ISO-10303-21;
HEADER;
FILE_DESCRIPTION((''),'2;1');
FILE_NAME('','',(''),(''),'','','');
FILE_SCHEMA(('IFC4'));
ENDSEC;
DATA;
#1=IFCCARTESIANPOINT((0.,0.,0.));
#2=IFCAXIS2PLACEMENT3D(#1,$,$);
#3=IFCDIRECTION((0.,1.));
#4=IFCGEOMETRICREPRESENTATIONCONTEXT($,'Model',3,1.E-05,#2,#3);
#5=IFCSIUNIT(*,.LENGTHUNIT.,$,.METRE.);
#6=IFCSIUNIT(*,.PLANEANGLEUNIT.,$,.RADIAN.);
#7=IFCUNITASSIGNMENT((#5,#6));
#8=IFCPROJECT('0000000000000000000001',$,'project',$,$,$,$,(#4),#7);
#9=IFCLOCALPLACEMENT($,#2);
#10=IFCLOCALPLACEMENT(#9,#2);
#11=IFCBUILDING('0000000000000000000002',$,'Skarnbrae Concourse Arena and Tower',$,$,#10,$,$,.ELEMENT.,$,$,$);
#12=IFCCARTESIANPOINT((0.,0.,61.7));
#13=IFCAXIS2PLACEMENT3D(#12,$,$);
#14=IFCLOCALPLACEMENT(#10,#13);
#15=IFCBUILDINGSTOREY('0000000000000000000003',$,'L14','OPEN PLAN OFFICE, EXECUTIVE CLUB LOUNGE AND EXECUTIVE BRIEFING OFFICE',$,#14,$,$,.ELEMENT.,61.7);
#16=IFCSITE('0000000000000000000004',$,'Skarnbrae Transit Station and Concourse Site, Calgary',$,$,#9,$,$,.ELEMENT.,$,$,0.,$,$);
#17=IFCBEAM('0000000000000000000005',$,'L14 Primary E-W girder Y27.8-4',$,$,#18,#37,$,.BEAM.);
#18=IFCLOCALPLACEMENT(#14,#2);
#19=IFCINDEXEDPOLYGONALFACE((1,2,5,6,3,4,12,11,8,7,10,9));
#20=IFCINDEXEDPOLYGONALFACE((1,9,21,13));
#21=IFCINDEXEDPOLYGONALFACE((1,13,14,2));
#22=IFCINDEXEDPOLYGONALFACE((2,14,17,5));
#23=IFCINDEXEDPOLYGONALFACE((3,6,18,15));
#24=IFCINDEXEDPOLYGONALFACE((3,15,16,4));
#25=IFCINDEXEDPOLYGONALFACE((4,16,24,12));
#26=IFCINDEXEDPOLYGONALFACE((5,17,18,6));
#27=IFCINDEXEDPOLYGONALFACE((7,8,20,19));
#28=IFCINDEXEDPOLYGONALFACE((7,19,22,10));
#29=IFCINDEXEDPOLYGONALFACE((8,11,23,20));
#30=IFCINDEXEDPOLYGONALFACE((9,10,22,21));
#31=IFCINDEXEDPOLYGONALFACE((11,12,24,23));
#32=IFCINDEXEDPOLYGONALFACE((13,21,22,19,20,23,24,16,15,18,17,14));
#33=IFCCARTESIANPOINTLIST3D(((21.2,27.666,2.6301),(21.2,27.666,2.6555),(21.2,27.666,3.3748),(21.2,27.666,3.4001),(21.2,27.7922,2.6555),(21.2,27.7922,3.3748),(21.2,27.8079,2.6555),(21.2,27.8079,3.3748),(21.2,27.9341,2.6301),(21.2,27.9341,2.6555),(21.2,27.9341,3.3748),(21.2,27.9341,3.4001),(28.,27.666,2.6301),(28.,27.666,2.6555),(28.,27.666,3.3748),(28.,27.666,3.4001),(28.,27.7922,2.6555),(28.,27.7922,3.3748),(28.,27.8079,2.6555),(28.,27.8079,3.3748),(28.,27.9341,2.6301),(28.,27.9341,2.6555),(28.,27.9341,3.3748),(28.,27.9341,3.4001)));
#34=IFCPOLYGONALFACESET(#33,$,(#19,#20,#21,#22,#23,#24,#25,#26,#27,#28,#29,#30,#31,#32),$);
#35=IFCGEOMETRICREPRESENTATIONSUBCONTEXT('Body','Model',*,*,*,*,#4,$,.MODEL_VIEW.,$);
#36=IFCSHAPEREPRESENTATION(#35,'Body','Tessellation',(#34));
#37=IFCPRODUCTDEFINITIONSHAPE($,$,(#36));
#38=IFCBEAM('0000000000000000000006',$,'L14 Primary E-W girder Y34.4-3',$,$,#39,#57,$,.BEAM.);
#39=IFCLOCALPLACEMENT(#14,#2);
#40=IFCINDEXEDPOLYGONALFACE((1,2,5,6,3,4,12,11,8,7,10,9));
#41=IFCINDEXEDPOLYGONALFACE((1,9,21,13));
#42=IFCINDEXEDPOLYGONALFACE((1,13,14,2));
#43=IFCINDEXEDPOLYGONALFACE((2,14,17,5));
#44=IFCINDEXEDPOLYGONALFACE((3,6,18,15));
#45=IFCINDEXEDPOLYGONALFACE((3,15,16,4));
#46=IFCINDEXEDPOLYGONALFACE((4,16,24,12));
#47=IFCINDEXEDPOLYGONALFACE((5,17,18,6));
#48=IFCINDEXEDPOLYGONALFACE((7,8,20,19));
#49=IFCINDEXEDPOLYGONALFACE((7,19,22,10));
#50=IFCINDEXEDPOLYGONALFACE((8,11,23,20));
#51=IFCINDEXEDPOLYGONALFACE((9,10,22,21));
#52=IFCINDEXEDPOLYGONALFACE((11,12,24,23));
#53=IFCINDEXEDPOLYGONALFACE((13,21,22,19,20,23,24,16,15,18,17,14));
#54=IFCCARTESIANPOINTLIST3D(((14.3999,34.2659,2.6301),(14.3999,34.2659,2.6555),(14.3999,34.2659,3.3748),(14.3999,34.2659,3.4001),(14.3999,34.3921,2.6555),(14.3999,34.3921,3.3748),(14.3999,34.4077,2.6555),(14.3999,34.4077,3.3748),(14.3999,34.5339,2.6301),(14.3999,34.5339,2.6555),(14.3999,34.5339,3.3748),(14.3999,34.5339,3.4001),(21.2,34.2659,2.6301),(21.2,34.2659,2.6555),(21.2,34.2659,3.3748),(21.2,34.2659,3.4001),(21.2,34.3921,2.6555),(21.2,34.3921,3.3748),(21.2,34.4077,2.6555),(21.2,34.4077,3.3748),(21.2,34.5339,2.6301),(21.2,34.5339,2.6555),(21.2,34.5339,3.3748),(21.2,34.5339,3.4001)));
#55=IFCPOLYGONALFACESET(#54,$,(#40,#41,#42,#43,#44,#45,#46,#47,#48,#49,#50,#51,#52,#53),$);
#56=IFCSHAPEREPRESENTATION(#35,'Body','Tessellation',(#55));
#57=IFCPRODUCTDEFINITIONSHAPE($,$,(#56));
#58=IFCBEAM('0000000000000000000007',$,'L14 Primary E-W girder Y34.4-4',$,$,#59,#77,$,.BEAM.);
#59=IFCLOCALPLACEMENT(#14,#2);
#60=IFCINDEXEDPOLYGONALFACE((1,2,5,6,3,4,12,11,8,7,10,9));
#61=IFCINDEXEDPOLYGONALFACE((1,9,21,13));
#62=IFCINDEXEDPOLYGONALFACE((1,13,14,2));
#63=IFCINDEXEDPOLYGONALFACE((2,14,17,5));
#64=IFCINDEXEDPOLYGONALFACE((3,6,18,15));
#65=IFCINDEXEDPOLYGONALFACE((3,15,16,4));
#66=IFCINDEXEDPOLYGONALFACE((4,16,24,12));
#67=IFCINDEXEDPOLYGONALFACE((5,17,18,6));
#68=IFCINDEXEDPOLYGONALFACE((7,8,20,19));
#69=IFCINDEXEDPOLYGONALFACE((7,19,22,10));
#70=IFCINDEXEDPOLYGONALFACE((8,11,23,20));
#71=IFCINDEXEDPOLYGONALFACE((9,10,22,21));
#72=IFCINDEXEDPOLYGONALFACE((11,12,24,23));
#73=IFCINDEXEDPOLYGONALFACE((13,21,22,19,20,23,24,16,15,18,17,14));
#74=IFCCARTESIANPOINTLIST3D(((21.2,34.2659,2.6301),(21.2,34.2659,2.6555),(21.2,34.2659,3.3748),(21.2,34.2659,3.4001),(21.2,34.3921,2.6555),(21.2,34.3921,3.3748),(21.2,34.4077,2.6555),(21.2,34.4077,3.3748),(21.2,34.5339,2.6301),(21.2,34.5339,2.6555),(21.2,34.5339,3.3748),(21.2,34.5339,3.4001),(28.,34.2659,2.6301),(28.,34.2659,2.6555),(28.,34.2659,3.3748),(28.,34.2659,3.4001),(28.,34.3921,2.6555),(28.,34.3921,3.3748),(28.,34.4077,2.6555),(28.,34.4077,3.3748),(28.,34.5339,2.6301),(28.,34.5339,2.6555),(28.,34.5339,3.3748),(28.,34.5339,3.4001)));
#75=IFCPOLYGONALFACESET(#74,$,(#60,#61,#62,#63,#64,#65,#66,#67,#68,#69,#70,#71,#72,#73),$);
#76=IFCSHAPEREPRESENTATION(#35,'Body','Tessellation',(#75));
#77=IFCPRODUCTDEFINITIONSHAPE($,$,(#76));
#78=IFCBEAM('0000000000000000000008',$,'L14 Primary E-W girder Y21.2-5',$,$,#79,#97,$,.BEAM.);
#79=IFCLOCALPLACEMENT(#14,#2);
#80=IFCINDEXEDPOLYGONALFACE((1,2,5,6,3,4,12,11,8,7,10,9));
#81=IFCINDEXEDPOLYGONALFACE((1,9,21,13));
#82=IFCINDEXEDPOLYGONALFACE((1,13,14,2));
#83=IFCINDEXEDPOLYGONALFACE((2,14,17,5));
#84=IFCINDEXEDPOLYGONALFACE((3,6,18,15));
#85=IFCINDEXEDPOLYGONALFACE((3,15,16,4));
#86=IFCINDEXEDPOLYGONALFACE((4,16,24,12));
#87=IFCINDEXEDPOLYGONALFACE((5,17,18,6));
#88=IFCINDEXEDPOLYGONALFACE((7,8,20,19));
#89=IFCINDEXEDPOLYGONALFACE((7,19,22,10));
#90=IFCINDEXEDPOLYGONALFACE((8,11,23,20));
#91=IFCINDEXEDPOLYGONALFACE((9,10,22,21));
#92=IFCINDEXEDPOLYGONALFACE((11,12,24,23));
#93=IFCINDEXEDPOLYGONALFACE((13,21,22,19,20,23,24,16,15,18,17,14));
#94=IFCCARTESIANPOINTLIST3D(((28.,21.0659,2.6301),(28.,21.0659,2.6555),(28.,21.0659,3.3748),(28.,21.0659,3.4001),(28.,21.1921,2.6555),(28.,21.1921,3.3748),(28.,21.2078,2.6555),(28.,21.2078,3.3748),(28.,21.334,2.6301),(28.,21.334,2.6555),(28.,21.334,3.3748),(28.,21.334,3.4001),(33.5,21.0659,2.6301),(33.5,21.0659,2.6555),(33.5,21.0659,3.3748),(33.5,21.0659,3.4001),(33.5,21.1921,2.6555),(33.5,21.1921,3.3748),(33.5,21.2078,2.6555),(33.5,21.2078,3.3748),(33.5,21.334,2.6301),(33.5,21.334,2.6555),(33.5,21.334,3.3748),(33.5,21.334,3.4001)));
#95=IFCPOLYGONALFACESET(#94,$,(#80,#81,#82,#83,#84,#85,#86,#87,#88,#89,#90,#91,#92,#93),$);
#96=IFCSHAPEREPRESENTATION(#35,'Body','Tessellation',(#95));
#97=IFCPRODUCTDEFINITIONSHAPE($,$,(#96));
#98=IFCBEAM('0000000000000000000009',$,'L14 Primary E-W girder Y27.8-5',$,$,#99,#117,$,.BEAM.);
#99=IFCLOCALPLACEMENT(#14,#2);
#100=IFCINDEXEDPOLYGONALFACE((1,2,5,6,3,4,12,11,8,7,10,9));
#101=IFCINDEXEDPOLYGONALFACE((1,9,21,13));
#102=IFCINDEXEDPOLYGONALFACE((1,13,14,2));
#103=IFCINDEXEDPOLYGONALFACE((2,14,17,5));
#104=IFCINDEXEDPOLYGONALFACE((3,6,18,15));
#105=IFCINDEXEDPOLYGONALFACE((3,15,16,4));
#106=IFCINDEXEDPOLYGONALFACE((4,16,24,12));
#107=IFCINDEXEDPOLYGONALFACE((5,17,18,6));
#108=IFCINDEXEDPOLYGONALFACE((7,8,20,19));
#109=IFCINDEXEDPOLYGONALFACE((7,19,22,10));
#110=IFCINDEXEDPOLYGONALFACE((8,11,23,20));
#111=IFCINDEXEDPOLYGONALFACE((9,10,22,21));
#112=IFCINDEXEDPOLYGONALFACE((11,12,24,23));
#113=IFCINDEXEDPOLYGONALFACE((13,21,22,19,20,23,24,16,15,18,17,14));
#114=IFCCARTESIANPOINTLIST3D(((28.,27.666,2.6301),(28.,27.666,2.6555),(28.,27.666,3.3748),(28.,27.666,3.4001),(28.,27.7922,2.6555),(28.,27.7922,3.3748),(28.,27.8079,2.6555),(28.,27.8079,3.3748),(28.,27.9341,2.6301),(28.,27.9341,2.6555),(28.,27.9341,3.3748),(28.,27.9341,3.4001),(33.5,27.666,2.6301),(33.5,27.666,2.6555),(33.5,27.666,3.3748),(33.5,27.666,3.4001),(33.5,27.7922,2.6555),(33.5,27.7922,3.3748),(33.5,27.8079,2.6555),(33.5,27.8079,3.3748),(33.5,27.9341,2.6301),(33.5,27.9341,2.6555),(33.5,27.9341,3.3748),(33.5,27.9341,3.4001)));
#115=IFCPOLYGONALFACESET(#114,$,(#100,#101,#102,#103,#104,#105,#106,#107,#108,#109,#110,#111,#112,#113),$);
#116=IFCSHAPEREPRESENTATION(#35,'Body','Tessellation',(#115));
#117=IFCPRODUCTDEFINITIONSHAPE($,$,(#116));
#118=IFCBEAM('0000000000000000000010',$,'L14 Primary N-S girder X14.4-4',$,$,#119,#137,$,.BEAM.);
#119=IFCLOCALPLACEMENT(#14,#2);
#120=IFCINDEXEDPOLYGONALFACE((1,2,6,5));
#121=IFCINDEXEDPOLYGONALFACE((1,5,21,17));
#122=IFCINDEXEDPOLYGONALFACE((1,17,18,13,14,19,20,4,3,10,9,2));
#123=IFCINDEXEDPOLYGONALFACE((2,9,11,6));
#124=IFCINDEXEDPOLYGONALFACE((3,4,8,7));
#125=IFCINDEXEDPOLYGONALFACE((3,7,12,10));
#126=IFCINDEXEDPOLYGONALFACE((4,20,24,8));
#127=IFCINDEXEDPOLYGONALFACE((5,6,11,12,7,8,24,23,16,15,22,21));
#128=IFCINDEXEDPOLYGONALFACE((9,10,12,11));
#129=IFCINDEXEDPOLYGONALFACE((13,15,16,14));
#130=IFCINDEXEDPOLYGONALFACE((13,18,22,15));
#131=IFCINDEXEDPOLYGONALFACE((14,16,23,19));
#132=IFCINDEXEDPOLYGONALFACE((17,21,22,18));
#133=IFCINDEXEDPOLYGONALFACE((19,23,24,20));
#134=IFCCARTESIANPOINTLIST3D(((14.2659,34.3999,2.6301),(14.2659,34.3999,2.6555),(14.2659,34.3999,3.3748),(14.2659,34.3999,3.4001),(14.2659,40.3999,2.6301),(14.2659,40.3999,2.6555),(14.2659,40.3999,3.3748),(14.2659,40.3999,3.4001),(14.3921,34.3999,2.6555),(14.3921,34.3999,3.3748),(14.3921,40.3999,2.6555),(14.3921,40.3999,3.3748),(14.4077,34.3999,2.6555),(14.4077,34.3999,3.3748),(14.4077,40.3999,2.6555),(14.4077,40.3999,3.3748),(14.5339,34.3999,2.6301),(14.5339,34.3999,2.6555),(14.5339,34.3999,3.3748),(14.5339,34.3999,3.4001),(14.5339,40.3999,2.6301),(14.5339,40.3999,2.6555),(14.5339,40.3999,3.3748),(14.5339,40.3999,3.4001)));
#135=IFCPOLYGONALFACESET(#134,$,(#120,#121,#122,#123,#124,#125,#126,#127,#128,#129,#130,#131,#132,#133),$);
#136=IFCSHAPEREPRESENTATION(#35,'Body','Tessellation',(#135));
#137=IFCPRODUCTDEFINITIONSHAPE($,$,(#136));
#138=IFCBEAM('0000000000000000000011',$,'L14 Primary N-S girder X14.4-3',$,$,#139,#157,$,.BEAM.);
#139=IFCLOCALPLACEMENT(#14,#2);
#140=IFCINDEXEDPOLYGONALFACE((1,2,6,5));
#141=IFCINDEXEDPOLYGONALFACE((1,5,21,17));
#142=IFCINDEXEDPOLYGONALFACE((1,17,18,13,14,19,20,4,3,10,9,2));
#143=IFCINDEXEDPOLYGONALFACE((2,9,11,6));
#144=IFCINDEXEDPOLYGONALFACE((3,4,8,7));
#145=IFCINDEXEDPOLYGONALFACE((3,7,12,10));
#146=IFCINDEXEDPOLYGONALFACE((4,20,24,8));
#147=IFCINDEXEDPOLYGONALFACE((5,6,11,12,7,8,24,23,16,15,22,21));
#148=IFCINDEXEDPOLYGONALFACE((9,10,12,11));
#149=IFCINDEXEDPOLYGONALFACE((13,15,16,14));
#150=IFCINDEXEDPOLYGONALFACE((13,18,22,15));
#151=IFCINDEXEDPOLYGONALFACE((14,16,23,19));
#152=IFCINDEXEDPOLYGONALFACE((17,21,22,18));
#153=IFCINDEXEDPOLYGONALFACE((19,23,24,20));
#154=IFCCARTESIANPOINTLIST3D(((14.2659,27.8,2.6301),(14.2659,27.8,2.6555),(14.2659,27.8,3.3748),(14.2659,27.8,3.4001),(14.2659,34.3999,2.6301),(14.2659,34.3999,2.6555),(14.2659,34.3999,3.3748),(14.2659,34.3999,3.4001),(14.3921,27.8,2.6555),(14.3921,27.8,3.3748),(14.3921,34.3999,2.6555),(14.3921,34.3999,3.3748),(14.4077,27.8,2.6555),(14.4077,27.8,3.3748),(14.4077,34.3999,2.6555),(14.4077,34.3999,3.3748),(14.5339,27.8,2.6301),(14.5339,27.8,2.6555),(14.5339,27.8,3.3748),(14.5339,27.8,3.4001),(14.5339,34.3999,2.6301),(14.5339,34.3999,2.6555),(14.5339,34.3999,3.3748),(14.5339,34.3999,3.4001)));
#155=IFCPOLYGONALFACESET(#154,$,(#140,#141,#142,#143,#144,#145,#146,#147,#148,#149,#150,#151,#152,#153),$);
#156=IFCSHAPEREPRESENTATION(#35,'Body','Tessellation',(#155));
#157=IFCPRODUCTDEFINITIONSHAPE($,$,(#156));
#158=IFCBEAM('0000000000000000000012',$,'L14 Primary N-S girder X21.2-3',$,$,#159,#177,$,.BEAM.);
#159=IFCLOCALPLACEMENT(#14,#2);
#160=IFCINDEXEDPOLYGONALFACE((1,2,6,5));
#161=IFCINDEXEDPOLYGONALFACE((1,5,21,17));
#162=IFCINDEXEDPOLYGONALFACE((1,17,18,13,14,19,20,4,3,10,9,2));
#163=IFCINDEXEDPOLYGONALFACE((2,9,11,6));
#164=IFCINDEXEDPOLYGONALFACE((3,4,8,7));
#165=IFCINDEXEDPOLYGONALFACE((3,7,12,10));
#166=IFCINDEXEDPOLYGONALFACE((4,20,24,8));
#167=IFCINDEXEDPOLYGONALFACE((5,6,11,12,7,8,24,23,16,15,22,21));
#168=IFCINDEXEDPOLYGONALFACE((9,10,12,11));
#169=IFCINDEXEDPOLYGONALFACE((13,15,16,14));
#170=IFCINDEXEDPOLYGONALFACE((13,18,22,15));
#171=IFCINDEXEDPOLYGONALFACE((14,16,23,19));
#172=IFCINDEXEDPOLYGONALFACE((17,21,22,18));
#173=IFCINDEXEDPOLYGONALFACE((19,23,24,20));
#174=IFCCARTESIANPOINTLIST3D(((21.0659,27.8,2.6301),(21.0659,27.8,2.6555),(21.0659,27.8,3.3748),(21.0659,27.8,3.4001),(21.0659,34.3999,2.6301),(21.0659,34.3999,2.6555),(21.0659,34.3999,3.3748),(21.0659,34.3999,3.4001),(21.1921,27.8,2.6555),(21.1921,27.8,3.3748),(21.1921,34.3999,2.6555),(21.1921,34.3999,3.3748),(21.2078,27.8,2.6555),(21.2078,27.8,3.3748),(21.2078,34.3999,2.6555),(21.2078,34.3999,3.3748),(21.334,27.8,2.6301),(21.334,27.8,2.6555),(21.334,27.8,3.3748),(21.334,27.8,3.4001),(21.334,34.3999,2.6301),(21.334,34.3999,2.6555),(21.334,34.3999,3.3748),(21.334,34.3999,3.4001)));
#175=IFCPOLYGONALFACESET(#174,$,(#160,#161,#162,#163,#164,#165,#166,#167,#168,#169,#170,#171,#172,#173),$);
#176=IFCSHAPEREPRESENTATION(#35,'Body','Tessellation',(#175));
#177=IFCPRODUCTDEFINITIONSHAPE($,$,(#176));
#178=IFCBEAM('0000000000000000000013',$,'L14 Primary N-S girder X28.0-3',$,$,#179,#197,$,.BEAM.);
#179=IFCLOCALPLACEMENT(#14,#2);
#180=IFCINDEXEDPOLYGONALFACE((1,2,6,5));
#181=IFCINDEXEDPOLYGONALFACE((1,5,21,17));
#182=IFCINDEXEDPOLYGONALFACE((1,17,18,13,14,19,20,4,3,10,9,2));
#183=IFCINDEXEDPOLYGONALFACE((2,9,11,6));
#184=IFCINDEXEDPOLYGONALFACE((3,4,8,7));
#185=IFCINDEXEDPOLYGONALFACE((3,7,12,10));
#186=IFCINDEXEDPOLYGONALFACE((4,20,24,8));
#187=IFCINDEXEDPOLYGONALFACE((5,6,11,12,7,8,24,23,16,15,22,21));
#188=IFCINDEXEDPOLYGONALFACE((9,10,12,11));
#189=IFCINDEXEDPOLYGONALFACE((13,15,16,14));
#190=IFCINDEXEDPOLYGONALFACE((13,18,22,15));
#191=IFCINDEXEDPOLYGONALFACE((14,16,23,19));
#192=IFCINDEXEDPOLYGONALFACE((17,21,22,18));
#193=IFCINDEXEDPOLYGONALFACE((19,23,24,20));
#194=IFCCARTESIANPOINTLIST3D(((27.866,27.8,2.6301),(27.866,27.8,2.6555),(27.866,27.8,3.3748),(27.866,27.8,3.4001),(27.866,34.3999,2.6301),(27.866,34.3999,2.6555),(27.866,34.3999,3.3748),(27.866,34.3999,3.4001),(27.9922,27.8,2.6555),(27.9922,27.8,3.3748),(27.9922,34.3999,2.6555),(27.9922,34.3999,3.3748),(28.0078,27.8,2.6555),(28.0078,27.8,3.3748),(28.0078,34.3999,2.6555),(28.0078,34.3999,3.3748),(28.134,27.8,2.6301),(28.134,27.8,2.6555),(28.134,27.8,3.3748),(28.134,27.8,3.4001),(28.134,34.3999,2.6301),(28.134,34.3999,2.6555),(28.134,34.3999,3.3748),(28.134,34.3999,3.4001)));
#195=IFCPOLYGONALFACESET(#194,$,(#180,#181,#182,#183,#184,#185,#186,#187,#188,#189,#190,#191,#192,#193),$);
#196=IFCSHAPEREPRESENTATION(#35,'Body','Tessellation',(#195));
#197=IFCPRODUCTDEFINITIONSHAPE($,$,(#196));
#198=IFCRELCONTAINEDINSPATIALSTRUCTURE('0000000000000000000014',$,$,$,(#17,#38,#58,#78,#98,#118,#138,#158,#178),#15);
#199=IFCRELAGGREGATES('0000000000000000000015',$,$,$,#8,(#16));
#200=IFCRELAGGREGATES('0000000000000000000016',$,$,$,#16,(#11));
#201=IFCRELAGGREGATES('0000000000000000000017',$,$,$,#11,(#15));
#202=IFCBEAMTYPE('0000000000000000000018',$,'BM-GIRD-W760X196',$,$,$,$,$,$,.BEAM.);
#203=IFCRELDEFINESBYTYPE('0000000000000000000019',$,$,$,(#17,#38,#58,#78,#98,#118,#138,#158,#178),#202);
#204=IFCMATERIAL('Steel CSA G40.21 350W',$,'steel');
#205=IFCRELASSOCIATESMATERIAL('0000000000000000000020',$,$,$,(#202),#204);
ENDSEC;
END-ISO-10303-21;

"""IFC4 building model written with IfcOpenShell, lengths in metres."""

from ifc_helpers import new_model, si_unit, direction, frame, origin, origin_2d, place, context, subcontext, project, spatial, i_section, extrude, source, transform, mapped, material, material_profile, profile_set, type_object, element, save


model = new_model("IFC4")

# Units and contexts
model_context = context("Model", 3, precision=1e-05, world=origin(), true_north=direction((0.0, 1.0)))
body_context = subcontext(model_context, "Body", "Model", "MODEL_VIEW")
ifc_project = project(units=[si_unit("LENGTHUNIT", "METRE"), si_unit("PLANEANGLEUNIT", "RADIAN")], contexts=[model_context])

# Site, building, storey
site_placement = place(None, origin())
site = spatial("IfcSite", under=ifc_project, at=site_placement, Name="Skarnbrae Transit Station and Concourse Site, Calgary", CompositionType="ELEMENT", RefElevation=0.0)
building_placement = place(site_placement, origin())
building = spatial("IfcBuilding", under=site, at=building_placement, Name="Skarnbrae Concourse Arena and Tower", CompositionType="ELEMENT")
storey_placement = place(building_placement, frame((0.0, 0.0, 61.7)))
storey = spatial("IfcBuildingStorey", under=building, at=storey_placement, Name="L14", Description="OPEN PLAN OFFICE, EXECUTIVE CLUB LOUNGE AND EXECUTIVE BRIEFING OFFICE", CompositionType="ELEMENT", Elevation=61.7)

# Shared definitions
ifc_material = material(Name="Steel CSA G40.21 350W", Category="steel")

# Beams
ifc_material_profile_1 = material_profile(ifc_material, i_section(OverallWidth=0.2681, OverallDepth=0.77, WebThickness=0.0156, FlangeThickness=0.0254, at=origin_2d()), Name="W760X196")
ifc_profile_set_1 = profile_set([ifc_material_profile_1], Name="Steel CSA G40.21 350W")
beam_type_1 = type_object("IfcBeamType", Name="BM-GIRD-W760X196", PredefinedType="BEAM", material=ifc_profile_set_1)
shared_shape_1 = source(origin(), body_context, "Body", "SweptSolid", [
    extrude(i_section(OverallWidth=0.2681, OverallDepth=0.77, WebThickness=0.0156, FlangeThickness=0.0254, at=origin_2d()), origin(), (0.0, 0.0, 1.0), 6.8),
])
for number, where, z_axis, x_axis, name in (
    (1, (21.2, 27.8, 3.0151), (1.0, 0.0, 0.0), (0.0, 1.0, 0.0), "L14 Primary E-W girder Y27.8-4"),
    (2, (14.3999, 34.3999, 3.0151), (1.0, 0.0, 0.0), (0.0, 1.0, 0.0), "L14 Primary E-W girder Y34.4-3"),
    (3, (21.2, 34.3999, 3.0151), (1.0, 0.0, 0.0), (0.0, 1.0, 0.0), "L14 Primary E-W girder Y34.4-4"),
):
    element("IfcBeam", number, at=place(storey_placement, frame(where, z_axis=z_axis, x_axis=x_axis)), inside=storey, type_object=beam_type_1, Name=name, PredefinedType="BEAM", context=body_context, shape_type="MappedRepresentation", body=[
        mapped(shared_shape_1, transform((0.0, 0.0, 0.0))),
    ])
shared_shape_2 = source(origin(), body_context, "Body", "SweptSolid", [
    extrude(i_section(OverallWidth=0.2681, OverallDepth=0.77, WebThickness=0.0156, FlangeThickness=0.0254, at=origin_2d()), origin(), (0.0, 0.0, 1.0), 5.5),
])
for number, where, z_axis, x_axis, name in (
    (4, (28.0, 21.2, 3.0151), (1.0, 0.0, 0.0), (0.0, 1.0, 0.0), "L14 Primary E-W girder Y21.2-5"),
    (5, (28.0, 27.8, 3.0151), (1.0, 0.0, 0.0), (0.0, 1.0, 0.0), "L14 Primary E-W girder Y27.8-5"),
):
    element("IfcBeam", number, at=place(storey_placement, frame(where, z_axis=z_axis, x_axis=x_axis)), inside=storey, type_object=beam_type_1, Name=name, PredefinedType="BEAM", context=body_context, shape_type="MappedRepresentation", body=[
        mapped(shared_shape_2, transform((0.0, 0.0, 0.0))),
    ])
shared_shape_3 = source(origin(), body_context, "Body", "SweptSolid", [
    extrude(i_section(OverallWidth=0.2681, OverallDepth=0.77, WebThickness=0.0156, FlangeThickness=0.0254, at=origin_2d()), origin(), (0.0, 0.0, 1.0), 6.0),
])
beam_placement = place(storey_placement, frame((14.3999, 34.3999, 3.0151), z_axis=(0.0, 1.0, 0.0), x_axis=(-1.0, 0.0, 0.0)))
element("IfcBeam", 6, at=beam_placement, inside=storey, type_object=beam_type_1, Name="L14 Primary N-S girder X14.4-4", PredefinedType="BEAM", context=body_context, shape_type="MappedRepresentation", body=[
    mapped(shared_shape_3, transform((0.0, 0.0, 0.0))),
])
shared_shape_4 = source(origin(), body_context, "Body", "SweptSolid", [
    extrude(i_section(OverallWidth=0.2681, OverallDepth=0.77, WebThickness=0.0156, FlangeThickness=0.0254, at=origin_2d()), origin(), (0.0, 0.0, 1.0), 6.5999),
])
for number, where, z_axis, x_axis, name in (
    (7, (14.3999, 27.8, 3.0151), (0.0, 1.0, 0.0), (-1.0, 0.0, 0.0), "L14 Primary N-S girder X14.4-3"),
    (8, (21.2, 27.8, 3.0151), (0.0, 1.0, 0.0), (-1.0, 0.0, 0.0), "L14 Primary N-S girder X21.2-3"),
    (9, (28.0, 27.8, 3.0151), (0.0, 1.0, 0.0), (-1.0, 0.0, 0.0), "L14 Primary N-S girder X28.0-3"),
):
    element("IfcBeam", number, at=place(storey_placement, frame(where, z_axis=z_axis, x_axis=x_axis)), inside=storey, type_object=beam_type_1, Name=name, PredefinedType="BEAM", context=body_context, shape_type="MappedRepresentation", body=[
        mapped(shared_shape_4, transform((0.0, 0.0, 0.0))),
    ])

save(model, "model.ifc")
